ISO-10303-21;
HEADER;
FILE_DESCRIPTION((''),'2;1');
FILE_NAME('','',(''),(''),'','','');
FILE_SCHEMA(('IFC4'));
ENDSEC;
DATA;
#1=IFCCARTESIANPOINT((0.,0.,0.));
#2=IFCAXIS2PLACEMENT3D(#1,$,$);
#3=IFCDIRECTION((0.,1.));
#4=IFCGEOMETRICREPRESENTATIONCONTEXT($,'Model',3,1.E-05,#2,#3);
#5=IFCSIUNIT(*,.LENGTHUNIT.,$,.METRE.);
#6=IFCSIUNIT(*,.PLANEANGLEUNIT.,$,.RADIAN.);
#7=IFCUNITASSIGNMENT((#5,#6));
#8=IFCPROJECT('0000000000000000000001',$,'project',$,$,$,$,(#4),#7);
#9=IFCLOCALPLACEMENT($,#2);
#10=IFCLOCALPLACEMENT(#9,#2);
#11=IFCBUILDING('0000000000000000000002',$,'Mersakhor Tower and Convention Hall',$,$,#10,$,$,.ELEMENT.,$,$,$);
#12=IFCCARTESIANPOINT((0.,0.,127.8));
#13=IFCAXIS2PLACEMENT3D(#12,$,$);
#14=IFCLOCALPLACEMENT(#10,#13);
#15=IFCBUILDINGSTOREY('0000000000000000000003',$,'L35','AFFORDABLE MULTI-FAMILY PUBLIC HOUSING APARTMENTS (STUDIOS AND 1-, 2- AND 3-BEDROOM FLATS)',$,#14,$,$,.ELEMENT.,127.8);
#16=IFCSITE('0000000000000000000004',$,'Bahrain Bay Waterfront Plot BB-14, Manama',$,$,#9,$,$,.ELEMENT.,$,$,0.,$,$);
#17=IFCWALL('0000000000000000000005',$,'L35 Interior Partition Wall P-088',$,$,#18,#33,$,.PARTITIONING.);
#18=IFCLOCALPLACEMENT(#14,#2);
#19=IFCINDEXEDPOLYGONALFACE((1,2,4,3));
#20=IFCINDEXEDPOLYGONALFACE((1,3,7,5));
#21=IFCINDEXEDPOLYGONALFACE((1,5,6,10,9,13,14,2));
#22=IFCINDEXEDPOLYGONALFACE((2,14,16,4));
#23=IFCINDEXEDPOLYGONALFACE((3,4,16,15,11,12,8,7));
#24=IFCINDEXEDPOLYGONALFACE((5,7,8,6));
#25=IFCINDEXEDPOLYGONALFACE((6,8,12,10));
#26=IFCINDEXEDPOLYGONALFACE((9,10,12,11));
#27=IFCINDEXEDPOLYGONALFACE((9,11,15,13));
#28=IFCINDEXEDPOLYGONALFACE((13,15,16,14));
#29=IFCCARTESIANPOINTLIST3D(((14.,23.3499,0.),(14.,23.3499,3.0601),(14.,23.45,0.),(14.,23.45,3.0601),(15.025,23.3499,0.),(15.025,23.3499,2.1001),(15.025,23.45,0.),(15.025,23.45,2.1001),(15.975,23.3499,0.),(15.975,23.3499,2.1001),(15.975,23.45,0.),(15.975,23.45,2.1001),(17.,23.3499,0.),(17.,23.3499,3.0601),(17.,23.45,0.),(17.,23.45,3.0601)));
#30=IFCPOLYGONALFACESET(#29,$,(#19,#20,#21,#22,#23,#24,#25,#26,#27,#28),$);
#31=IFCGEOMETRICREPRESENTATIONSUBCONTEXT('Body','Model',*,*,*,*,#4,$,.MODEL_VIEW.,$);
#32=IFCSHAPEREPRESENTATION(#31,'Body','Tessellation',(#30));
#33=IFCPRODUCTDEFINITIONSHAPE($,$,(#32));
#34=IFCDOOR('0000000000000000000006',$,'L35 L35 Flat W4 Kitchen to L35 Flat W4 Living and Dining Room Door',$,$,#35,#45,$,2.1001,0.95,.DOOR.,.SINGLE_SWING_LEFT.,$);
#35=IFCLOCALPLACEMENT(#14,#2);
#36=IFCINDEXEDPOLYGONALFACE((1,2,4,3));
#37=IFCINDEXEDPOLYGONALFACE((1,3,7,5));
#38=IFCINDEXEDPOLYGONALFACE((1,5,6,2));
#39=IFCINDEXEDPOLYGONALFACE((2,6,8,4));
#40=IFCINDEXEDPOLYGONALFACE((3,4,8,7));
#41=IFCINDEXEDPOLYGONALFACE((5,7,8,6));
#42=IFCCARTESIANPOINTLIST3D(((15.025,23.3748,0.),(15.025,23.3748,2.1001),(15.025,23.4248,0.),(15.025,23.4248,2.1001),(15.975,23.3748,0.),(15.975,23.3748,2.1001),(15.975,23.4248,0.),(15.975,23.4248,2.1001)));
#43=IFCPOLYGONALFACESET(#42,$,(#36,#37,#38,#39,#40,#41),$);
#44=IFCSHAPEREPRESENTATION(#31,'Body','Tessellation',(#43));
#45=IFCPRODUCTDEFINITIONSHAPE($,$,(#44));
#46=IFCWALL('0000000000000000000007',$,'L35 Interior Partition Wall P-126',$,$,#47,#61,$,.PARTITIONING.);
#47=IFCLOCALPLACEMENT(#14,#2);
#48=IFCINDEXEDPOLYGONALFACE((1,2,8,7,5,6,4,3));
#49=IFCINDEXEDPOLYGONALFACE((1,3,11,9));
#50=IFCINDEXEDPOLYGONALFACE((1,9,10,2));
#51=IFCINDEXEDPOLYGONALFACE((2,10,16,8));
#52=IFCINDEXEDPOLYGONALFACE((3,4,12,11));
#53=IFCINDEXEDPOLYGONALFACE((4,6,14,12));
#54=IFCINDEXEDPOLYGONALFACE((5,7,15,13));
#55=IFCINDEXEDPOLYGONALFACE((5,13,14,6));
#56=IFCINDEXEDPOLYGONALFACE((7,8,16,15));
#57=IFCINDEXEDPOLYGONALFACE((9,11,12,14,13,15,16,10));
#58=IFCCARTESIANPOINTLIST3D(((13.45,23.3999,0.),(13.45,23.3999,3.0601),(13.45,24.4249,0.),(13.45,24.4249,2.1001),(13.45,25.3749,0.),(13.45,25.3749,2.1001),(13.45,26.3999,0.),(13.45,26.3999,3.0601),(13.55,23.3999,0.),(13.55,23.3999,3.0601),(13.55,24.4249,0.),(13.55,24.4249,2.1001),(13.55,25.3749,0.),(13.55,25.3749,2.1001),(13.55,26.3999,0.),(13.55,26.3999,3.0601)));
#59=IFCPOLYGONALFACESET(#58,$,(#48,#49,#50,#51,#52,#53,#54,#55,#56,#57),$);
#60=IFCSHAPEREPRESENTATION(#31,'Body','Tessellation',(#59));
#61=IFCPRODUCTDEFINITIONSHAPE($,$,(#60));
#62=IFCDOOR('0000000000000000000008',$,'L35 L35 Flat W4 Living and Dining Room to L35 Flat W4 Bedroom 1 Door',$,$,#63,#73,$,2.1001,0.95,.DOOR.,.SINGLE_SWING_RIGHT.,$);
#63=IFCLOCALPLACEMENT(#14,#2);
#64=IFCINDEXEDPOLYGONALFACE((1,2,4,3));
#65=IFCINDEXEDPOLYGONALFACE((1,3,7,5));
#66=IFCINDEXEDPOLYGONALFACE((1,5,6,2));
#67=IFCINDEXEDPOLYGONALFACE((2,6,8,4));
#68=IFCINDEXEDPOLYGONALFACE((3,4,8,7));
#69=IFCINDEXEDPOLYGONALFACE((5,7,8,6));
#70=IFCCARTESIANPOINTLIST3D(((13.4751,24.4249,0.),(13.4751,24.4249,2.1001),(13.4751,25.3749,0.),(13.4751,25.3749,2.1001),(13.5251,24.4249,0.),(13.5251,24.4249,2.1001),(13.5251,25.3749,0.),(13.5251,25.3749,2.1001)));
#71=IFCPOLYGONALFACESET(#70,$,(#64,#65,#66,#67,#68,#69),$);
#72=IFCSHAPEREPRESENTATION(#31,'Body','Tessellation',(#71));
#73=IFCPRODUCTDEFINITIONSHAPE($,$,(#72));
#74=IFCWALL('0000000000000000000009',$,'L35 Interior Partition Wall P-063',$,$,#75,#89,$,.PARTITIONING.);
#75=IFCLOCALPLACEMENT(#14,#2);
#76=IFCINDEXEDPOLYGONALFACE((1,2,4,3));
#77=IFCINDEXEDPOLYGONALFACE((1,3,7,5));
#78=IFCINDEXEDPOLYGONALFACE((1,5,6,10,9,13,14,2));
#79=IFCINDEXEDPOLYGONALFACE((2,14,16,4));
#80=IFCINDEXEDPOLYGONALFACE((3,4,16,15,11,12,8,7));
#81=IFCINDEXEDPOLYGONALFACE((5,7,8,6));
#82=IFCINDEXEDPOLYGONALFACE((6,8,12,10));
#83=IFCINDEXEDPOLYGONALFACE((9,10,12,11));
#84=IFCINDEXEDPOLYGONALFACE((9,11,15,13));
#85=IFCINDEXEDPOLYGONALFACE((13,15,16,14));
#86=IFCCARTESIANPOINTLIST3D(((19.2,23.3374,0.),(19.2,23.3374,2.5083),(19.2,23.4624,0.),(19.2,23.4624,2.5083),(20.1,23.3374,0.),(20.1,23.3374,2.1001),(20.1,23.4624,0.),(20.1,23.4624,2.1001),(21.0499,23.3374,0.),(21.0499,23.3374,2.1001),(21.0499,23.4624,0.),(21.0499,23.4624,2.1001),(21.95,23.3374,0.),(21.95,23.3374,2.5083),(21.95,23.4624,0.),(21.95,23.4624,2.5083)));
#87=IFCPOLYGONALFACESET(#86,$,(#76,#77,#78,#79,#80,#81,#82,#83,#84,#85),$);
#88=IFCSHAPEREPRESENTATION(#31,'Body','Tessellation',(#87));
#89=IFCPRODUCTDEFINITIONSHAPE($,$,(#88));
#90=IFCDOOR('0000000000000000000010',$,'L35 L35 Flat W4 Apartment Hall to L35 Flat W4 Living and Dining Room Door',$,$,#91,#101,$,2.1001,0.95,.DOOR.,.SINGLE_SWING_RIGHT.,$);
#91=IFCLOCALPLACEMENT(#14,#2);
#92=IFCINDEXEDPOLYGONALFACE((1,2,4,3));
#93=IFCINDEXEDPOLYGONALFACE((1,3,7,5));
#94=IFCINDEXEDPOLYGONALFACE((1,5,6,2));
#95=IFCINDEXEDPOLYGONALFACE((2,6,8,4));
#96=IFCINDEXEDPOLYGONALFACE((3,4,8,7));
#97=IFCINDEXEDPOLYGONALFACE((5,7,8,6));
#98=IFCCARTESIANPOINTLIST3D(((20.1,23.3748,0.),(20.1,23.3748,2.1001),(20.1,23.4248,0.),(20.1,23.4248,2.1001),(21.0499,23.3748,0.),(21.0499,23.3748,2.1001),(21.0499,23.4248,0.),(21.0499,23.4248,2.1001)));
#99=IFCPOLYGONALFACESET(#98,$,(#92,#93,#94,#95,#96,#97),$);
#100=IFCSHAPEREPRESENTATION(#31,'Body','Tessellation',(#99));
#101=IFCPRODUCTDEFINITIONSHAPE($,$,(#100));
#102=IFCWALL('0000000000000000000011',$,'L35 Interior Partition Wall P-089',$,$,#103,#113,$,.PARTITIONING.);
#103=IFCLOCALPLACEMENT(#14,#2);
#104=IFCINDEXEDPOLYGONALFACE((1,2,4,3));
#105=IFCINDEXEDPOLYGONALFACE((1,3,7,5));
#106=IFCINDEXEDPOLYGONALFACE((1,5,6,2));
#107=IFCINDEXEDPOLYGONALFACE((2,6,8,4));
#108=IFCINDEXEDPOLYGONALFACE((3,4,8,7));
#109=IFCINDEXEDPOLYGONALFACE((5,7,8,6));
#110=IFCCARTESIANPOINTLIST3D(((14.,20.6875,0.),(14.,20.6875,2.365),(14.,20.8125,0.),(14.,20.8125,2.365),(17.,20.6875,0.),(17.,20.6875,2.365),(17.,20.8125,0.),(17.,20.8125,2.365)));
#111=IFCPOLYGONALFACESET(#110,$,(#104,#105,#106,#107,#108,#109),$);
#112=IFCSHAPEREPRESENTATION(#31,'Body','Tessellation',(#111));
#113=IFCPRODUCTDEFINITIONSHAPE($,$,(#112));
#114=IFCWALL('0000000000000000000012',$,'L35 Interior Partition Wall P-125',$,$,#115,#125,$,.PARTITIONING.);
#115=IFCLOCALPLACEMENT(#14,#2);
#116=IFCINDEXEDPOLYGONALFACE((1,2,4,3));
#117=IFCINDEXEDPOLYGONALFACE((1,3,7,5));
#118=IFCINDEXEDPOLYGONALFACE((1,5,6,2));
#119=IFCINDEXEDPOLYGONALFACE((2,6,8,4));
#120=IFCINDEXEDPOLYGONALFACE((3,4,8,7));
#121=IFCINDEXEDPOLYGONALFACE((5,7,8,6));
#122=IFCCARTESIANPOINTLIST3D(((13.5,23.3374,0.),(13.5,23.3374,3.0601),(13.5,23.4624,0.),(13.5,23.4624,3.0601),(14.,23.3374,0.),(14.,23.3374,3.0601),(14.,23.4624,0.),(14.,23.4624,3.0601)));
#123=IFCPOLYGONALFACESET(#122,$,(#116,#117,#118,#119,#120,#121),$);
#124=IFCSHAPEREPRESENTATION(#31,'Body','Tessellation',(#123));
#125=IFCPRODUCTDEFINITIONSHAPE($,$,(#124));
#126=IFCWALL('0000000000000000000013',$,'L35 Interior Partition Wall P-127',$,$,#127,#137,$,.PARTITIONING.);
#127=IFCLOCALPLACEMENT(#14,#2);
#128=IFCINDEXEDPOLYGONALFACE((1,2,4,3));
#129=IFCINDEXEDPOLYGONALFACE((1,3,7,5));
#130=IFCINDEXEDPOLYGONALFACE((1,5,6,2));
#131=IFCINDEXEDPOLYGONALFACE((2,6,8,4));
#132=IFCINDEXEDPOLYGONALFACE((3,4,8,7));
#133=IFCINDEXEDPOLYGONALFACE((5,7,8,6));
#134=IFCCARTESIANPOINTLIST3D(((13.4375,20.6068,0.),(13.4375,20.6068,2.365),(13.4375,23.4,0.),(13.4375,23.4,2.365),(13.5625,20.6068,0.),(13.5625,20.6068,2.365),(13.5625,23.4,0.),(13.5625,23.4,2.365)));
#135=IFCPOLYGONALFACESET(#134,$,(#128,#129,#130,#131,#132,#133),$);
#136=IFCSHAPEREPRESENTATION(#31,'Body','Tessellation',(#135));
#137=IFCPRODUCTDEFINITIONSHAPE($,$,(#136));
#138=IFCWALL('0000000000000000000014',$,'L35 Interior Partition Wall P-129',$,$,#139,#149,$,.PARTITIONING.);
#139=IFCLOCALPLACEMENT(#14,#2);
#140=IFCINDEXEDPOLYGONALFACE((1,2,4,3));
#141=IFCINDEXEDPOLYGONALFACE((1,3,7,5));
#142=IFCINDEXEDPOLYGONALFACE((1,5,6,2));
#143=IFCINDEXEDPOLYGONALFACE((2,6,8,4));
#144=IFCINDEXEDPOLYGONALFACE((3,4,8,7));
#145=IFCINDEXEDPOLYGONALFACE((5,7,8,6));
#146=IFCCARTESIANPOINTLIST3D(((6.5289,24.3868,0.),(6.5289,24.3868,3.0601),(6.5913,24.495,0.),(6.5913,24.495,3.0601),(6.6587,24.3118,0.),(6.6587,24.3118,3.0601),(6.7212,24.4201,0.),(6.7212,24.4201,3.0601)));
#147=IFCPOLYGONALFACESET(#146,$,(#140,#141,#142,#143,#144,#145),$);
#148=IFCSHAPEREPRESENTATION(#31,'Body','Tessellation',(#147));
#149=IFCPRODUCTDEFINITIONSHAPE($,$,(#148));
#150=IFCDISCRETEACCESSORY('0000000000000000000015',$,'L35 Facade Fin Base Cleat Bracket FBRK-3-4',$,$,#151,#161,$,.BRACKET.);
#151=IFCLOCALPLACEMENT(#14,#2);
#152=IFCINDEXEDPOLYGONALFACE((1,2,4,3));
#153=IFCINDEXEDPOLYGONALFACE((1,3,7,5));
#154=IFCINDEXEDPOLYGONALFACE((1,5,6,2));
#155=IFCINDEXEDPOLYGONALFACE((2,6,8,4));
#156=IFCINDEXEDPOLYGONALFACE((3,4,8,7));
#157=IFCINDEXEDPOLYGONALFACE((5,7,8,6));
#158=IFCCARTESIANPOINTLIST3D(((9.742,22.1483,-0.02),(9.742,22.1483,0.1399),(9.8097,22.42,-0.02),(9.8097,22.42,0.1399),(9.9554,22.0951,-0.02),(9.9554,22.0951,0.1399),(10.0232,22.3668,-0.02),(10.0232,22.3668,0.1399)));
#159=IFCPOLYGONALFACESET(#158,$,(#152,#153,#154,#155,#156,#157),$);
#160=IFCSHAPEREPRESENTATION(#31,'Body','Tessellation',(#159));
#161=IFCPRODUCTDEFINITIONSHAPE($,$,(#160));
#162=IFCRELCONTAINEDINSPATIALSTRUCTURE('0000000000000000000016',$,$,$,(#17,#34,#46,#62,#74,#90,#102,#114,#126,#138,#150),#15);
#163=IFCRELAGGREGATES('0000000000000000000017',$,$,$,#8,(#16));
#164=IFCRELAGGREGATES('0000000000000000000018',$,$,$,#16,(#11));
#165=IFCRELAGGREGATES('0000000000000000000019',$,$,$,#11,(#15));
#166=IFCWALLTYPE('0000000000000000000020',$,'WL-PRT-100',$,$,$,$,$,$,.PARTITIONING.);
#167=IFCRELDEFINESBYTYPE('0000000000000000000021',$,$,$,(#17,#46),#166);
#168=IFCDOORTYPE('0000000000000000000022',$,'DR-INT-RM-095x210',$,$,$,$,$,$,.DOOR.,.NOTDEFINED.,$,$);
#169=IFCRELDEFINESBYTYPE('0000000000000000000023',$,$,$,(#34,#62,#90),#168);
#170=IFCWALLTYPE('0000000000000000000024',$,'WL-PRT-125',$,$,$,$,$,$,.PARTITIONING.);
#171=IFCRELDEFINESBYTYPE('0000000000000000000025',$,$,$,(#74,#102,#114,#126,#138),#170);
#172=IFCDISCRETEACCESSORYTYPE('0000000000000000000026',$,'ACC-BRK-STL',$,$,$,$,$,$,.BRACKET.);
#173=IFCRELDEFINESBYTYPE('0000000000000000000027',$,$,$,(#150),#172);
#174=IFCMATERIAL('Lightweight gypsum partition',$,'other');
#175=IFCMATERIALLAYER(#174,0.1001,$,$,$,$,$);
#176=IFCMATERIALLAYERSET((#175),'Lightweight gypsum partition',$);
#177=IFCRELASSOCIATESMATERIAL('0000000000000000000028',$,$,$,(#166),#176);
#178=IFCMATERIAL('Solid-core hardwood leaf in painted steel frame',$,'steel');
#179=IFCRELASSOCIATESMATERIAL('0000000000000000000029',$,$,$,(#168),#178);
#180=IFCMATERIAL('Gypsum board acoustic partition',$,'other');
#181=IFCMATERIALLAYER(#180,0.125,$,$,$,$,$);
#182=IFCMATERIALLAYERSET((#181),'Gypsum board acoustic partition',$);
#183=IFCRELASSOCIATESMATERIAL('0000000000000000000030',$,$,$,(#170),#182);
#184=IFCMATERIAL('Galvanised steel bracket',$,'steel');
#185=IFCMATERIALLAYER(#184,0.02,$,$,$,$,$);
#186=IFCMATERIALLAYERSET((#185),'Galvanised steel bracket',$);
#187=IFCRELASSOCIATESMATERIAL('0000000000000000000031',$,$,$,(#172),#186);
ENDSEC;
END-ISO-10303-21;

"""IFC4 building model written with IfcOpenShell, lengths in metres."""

from ifc_helpers import new_model, si_unit, direction, frame, frame_2d, origin, origin_2d, place, context, subcontext, project, spatial, rectangle, extrude, material, layer, layer_set, type_object, element, fill, save


model = new_model("IFC4")

# Units and contexts
model_context = context("Model", 3, precision=1e-05, world=origin(), true_north=direction((0.0, 1.0)))
body_context = subcontext(model_context, "Body", "Model", "MODEL_VIEW")
ifc_project = project(units=[si_unit("LENGTHUNIT", "METRE"), si_unit("PLANEANGLEUNIT", "RADIAN")], contexts=[model_context])

# Site, building, storey
site_placement = place(None, origin())
site = spatial("IfcSite", under=ifc_project, at=site_placement, Name="Bahrain Bay Waterfront Plot BB-14, Manama", CompositionType="ELEMENT", RefElevation=0.0)
building_placement = place(site_placement, origin())
building = spatial("IfcBuilding", under=site, at=building_placement, Name="Mersakhor Tower and Convention Hall", CompositionType="ELEMENT")
storey_placement = place(building_placement, frame((0.0, 0.0, 127.8)))
storey = spatial("IfcBuildingStorey", under=building, at=storey_placement, Name="L35", Description="AFFORDABLE MULTI-FAMILY PUBLIC HOUSING APARTMENTS (STUDIOS AND 1-, 2- AND 3-BEDROOM FLATS)", CompositionType="ELEMENT", Elevation=127.8)

# Walls, openings, doors
ifc_material_1 = material(Name="Lightweight gypsum partition", Category="other")
ifc_layer_1 = layer(ifc_material_1, 0.1001)
ifc_layer_set_1 = layer_set([ifc_layer_1], Name="Lightweight gypsum partition")
wall_type_1 = type_object("IfcWallType", Name="WL-PRT-100", PredefinedType="PARTITIONING", material=ifc_layer_set_1)
wall_1_placement = place(storey_placement, frame((14.0, 23.3999, 0.0), z_axis=(0.0, 0.0, 1.0), x_axis=(1.0, 0.0, 0.0)))
wall_1 = element("IfcWall", 1, at=wall_1_placement, inside=storey, type_object=wall_type_1, Name="L35 Interior Partition Wall P-088", PredefinedType="PARTITIONING", context=body_context, shape_type="SweptSolid", body=[
    extrude(rectangle(XDim=3.0, YDim=0.1001, at=frame_2d((1.5, 0.0))), origin(), (0.0, 0.0, 1.0), 3.0601),
])
opening_1_placement = place(wall_1_placement, frame((1.0249, 0.0, 0.0)))
opening_1 = element("IfcOpeningElement", 2, at=opening_1_placement, cuts=wall_1, PredefinedType="OPENING", context=body_context, shape_type="SweptSolid", body=[
    extrude(rectangle(XDim=0.95, YDim=2.1001, at=frame_2d((0.4751, 1.05))), frame((0.0, 0.0601, 0.0), z_axis=(0.0, -1.0, 0.0), x_axis=(1.0, 0.0, 0.0)), (0.0, 0.0, 1.0), 0.1201),
])
ifc_material_2 = material(Name="Solid-core hardwood leaf in painted steel frame", Category="steel")
door_type_1 = type_object("IfcDoorType", Name="DR-INT-RM-095x210", OperationType="NOTDEFINED", PredefinedType="DOOR", material=ifc_material_2)
door_1_placement = place(opening_1_placement, origin())
door_1 = element("IfcDoor", 3, at=door_1_placement, inside=storey, type_object=door_type_1, Name="L35 L35 Flat W4 Kitchen to L35 Flat W4 Living and Dining Room Door", OperationType="SINGLE_SWING_LEFT", OverallHeight=2.1001, OverallWidth=0.95, PredefinedType="DOOR", context=body_context, shape_type="SweptSolid", body=[
    extrude(rectangle(XDim=0.95, YDim=2.1001, at=frame_2d((0.4751, 1.05))), frame((0.0, 0.0249, 0.0), z_axis=(0.0, -1.0, 0.0), x_axis=(1.0, 0.0, 0.0)), (0.0, 0.0, 1.0), 0.05),
])
fill(opening_1, door_1)
wall_2_placement = place(storey_placement, frame((13.5, 23.3999, 0.0), z_axis=(0.0, 0.0, 1.0), x_axis=(0.0, 1.0, 0.0)))
wall_2 = element("IfcWall", 4, at=wall_2_placement, inside=storey, type_object=wall_type_1, Name="L35 Interior Partition Wall P-126", PredefinedType="PARTITIONING", context=body_context, shape_type="SweptSolid", body=[
    extrude(rectangle(XDim=3.0, YDim=0.1001, at=frame_2d((1.5, 0.0))), origin(), (0.0, 0.0, 1.0), 3.0601),
])
opening_2_placement = place(wall_2_placement, frame((1.0249, 0.0, 0.0)))
opening_2 = element("IfcOpeningElement", 5, at=opening_2_placement, cuts=wall_2, PredefinedType="OPENING", context=body_context, shape_type="SweptSolid", body=[
    extrude(rectangle(XDim=0.95, YDim=2.1001, at=frame_2d((0.4751, 1.05))), frame((0.0, 0.0601, 0.0), z_axis=(0.0, -1.0, 0.0), x_axis=(1.0, 0.0, 0.0)), (0.0, 0.0, 1.0), 0.1201),
])
door_2_placement = place(opening_2_placement, origin())
door_2 = element("IfcDoor", 6, at=door_2_placement, inside=storey, type_object=door_type_1, Name="L35 L35 Flat W4 Living and Dining Room to L35 Flat W4 Bedroom 1 Door", OperationType="SINGLE_SWING_RIGHT", OverallHeight=2.1001, OverallWidth=0.95, PredefinedType="DOOR", context=body_context, shape_type="SweptSolid", body=[
    extrude(rectangle(XDim=0.95, YDim=2.1001, at=frame_2d((0.4751, 1.05))), frame((0.0, 0.0249, 0.0), z_axis=(0.0, -1.0, 0.0), x_axis=(1.0, 0.0, 0.0)), (0.0, 0.0, 1.0), 0.05),
])
fill(opening_2, door_2)
ifc_material_3 = material(Name="Gypsum board acoustic partition", Category="other")
ifc_layer_2 = layer(ifc_material_3, 0.125)
ifc_layer_set_2 = layer_set([ifc_layer_2], Name="Gypsum board acoustic partition")
wall_type_2 = type_object("IfcWallType", Name="WL-PRT-125", PredefinedType="PARTITIONING", material=ifc_layer_set_2)
wall_3_placement = place(storey_placement, frame((19.2, 23.3999, 0.0), z_axis=(0.0, 0.0, 1.0), x_axis=(1.0, 0.0, 0.0)))
wall_3 = element("IfcWall", 7, at=wall_3_placement, inside=storey, type_object=wall_type_2, Name="L35 Interior Partition Wall P-063", PredefinedType="PARTITIONING", context=body_context, shape_type="SweptSolid", body=[
    extrude(rectangle(XDim=2.75, YDim=0.125, at=frame_2d((1.375, 0.0))), origin(), (0.0, 0.0, 1.0), 2.5083),
])
opening_3_placement = place(wall_3_placement, frame((0.8999, 0.0, 0.0)))
opening_3 = element("IfcOpeningElement", 8, at=opening_3_placement, cuts=wall_3, PredefinedType="OPENING", context=body_context, shape_type="SweptSolid", body=[
    extrude(rectangle(XDim=0.95, YDim=2.1001, at=frame_2d((0.4751, 1.05))), frame((0.0, 0.0725, 0.0), z_axis=(0.0, -1.0, 0.0), x_axis=(1.0, 0.0, 0.0)), (0.0, 0.0, 1.0), 0.145),
])
door_3_placement = place(opening_3_placement, origin())
door_3 = element("IfcDoor", 9, at=door_3_placement, inside=storey, type_object=door_type_1, Name="L35 L35 Flat W4 Apartment Hall to L35 Flat W4 Living and Dining Room Door", OperationType="SINGLE_SWING_RIGHT", OverallHeight=2.1001, OverallWidth=0.95, PredefinedType="DOOR", context=body_context, shape_type="SweptSolid", body=[
    extrude(rectangle(XDim=0.95, YDim=2.1001, at=frame_2d((0.4751, 1.05))), frame((0.0, 0.0249, 0.0), z_axis=(0.0, -1.0, 0.0), x_axis=(1.0, 0.0, 0.0)), (0.0, 0.0, 1.0), 0.05),
])
fill(opening_3, door_3)

# Walls
wall_4_placement = place(storey_placement, frame((17.0, 20.75, 0.0), z_axis=(0.0, 0.0, 1.0), x_axis=(-1.0, 0.0, 0.0)))
element("IfcWall", 10, at=wall_4_placement, inside=storey, type_object=wall_type_2, Name="L35 Interior Partition Wall P-089", PredefinedType="PARTITIONING", context=body_context, shape_type="SweptSolid", body=[
    extrude(rectangle(XDim=3.0, YDim=0.125, at=frame_2d((1.5, 0.0))), origin(), (0.0, 0.0, 1.0), 2.365),
])
wall_5_placement = place(storey_placement, frame((14.0, 23.3999, 0.0), z_axis=(0.0, 0.0, 1.0), x_axis=(-1.0, 0.0, 0.0)))
element("IfcWall", 11, at=wall_5_placement, inside=storey, type_object=wall_type_2, Name="L35 Interior Partition Wall P-125", PredefinedType="PARTITIONING", context=body_context, shape_type="SweptSolid", body=[
    extrude(rectangle(XDim=0.5, YDim=0.125, at=frame_2d((0.25, 0.0))), origin(), (0.0, 0.0, 1.0), 3.0601),
])
wall_6_placement = place(storey_placement, frame((13.5, 23.3999, 0.0), z_axis=(0.0, 0.0, 1.0), x_axis=(0.0, -1.0, 0.0)))
element("IfcWall", 12, at=wall_6_placement, inside=storey, type_object=wall_type_2, Name="L35 Interior Partition Wall P-127", PredefinedType="PARTITIONING", context=body_context, shape_type="SweptSolid", body=[
    extrude(rectangle(XDim=2.7932, YDim=0.125, at=frame_2d((1.3965, 0.0))), origin(), (0.0, 0.0, 1.0), 2.365),
])
wall_7_placement = place(storey_placement, frame((6.6899, 24.366, 0.0), z_axis=(0.0, 0.0, 1.0), x_axis=(-0.866131, 0.499816, 0.0)))
element("IfcWall", 13, at=wall_7_placement, inside=storey, type_object=wall_type_2, Name="L35 Interior Partition Wall P-129", PredefinedType="PARTITIONING", context=body_context, shape_type="SweptSolid", body=[
    extrude(rectangle(XDim=0.1499, YDim=0.125, at=frame_2d((0.075, 0.0))), origin(), (0.0, 0.0, 1.0), 3.0601),
])

# Discrete accessory
ifc_material_4 = material(Name="Galvanised steel bracket", Category="steel")
ifc_layer_3 = layer(ifc_material_4, 0.02)
ifc_layer_set_3 = layer_set([ifc_layer_3], Name="Galvanised steel bracket")
discrete_accessory_type = type_object("IfcDiscreteAccessoryType", Name="ACC-BRK-STL", PredefinedType="BRACKET", material=ifc_layer_set_3)
discrete_accessory_placement = place(storey_placement, frame((9.8826, 22.2576, -0.02), z_axis=(0.0, 0.0, 1.0), x_axis=(-0.241922, -0.970296, 0.0)))
element("IfcDiscreteAccessory", 14, at=discrete_accessory_placement, inside=storey, type_object=discrete_accessory_type, Name="L35 Facade Fin Base Cleat Bracket FBRK-3-4", PredefinedType="BRACKET", context=body_context, shape_type="SweptSolid", body=[
    extrude(rectangle(XDim=0.28, YDim=0.22, at=origin_2d()), origin(), (0.0, 0.0, 1.0), 0.1599),
])

save(model, "model.ifc")
